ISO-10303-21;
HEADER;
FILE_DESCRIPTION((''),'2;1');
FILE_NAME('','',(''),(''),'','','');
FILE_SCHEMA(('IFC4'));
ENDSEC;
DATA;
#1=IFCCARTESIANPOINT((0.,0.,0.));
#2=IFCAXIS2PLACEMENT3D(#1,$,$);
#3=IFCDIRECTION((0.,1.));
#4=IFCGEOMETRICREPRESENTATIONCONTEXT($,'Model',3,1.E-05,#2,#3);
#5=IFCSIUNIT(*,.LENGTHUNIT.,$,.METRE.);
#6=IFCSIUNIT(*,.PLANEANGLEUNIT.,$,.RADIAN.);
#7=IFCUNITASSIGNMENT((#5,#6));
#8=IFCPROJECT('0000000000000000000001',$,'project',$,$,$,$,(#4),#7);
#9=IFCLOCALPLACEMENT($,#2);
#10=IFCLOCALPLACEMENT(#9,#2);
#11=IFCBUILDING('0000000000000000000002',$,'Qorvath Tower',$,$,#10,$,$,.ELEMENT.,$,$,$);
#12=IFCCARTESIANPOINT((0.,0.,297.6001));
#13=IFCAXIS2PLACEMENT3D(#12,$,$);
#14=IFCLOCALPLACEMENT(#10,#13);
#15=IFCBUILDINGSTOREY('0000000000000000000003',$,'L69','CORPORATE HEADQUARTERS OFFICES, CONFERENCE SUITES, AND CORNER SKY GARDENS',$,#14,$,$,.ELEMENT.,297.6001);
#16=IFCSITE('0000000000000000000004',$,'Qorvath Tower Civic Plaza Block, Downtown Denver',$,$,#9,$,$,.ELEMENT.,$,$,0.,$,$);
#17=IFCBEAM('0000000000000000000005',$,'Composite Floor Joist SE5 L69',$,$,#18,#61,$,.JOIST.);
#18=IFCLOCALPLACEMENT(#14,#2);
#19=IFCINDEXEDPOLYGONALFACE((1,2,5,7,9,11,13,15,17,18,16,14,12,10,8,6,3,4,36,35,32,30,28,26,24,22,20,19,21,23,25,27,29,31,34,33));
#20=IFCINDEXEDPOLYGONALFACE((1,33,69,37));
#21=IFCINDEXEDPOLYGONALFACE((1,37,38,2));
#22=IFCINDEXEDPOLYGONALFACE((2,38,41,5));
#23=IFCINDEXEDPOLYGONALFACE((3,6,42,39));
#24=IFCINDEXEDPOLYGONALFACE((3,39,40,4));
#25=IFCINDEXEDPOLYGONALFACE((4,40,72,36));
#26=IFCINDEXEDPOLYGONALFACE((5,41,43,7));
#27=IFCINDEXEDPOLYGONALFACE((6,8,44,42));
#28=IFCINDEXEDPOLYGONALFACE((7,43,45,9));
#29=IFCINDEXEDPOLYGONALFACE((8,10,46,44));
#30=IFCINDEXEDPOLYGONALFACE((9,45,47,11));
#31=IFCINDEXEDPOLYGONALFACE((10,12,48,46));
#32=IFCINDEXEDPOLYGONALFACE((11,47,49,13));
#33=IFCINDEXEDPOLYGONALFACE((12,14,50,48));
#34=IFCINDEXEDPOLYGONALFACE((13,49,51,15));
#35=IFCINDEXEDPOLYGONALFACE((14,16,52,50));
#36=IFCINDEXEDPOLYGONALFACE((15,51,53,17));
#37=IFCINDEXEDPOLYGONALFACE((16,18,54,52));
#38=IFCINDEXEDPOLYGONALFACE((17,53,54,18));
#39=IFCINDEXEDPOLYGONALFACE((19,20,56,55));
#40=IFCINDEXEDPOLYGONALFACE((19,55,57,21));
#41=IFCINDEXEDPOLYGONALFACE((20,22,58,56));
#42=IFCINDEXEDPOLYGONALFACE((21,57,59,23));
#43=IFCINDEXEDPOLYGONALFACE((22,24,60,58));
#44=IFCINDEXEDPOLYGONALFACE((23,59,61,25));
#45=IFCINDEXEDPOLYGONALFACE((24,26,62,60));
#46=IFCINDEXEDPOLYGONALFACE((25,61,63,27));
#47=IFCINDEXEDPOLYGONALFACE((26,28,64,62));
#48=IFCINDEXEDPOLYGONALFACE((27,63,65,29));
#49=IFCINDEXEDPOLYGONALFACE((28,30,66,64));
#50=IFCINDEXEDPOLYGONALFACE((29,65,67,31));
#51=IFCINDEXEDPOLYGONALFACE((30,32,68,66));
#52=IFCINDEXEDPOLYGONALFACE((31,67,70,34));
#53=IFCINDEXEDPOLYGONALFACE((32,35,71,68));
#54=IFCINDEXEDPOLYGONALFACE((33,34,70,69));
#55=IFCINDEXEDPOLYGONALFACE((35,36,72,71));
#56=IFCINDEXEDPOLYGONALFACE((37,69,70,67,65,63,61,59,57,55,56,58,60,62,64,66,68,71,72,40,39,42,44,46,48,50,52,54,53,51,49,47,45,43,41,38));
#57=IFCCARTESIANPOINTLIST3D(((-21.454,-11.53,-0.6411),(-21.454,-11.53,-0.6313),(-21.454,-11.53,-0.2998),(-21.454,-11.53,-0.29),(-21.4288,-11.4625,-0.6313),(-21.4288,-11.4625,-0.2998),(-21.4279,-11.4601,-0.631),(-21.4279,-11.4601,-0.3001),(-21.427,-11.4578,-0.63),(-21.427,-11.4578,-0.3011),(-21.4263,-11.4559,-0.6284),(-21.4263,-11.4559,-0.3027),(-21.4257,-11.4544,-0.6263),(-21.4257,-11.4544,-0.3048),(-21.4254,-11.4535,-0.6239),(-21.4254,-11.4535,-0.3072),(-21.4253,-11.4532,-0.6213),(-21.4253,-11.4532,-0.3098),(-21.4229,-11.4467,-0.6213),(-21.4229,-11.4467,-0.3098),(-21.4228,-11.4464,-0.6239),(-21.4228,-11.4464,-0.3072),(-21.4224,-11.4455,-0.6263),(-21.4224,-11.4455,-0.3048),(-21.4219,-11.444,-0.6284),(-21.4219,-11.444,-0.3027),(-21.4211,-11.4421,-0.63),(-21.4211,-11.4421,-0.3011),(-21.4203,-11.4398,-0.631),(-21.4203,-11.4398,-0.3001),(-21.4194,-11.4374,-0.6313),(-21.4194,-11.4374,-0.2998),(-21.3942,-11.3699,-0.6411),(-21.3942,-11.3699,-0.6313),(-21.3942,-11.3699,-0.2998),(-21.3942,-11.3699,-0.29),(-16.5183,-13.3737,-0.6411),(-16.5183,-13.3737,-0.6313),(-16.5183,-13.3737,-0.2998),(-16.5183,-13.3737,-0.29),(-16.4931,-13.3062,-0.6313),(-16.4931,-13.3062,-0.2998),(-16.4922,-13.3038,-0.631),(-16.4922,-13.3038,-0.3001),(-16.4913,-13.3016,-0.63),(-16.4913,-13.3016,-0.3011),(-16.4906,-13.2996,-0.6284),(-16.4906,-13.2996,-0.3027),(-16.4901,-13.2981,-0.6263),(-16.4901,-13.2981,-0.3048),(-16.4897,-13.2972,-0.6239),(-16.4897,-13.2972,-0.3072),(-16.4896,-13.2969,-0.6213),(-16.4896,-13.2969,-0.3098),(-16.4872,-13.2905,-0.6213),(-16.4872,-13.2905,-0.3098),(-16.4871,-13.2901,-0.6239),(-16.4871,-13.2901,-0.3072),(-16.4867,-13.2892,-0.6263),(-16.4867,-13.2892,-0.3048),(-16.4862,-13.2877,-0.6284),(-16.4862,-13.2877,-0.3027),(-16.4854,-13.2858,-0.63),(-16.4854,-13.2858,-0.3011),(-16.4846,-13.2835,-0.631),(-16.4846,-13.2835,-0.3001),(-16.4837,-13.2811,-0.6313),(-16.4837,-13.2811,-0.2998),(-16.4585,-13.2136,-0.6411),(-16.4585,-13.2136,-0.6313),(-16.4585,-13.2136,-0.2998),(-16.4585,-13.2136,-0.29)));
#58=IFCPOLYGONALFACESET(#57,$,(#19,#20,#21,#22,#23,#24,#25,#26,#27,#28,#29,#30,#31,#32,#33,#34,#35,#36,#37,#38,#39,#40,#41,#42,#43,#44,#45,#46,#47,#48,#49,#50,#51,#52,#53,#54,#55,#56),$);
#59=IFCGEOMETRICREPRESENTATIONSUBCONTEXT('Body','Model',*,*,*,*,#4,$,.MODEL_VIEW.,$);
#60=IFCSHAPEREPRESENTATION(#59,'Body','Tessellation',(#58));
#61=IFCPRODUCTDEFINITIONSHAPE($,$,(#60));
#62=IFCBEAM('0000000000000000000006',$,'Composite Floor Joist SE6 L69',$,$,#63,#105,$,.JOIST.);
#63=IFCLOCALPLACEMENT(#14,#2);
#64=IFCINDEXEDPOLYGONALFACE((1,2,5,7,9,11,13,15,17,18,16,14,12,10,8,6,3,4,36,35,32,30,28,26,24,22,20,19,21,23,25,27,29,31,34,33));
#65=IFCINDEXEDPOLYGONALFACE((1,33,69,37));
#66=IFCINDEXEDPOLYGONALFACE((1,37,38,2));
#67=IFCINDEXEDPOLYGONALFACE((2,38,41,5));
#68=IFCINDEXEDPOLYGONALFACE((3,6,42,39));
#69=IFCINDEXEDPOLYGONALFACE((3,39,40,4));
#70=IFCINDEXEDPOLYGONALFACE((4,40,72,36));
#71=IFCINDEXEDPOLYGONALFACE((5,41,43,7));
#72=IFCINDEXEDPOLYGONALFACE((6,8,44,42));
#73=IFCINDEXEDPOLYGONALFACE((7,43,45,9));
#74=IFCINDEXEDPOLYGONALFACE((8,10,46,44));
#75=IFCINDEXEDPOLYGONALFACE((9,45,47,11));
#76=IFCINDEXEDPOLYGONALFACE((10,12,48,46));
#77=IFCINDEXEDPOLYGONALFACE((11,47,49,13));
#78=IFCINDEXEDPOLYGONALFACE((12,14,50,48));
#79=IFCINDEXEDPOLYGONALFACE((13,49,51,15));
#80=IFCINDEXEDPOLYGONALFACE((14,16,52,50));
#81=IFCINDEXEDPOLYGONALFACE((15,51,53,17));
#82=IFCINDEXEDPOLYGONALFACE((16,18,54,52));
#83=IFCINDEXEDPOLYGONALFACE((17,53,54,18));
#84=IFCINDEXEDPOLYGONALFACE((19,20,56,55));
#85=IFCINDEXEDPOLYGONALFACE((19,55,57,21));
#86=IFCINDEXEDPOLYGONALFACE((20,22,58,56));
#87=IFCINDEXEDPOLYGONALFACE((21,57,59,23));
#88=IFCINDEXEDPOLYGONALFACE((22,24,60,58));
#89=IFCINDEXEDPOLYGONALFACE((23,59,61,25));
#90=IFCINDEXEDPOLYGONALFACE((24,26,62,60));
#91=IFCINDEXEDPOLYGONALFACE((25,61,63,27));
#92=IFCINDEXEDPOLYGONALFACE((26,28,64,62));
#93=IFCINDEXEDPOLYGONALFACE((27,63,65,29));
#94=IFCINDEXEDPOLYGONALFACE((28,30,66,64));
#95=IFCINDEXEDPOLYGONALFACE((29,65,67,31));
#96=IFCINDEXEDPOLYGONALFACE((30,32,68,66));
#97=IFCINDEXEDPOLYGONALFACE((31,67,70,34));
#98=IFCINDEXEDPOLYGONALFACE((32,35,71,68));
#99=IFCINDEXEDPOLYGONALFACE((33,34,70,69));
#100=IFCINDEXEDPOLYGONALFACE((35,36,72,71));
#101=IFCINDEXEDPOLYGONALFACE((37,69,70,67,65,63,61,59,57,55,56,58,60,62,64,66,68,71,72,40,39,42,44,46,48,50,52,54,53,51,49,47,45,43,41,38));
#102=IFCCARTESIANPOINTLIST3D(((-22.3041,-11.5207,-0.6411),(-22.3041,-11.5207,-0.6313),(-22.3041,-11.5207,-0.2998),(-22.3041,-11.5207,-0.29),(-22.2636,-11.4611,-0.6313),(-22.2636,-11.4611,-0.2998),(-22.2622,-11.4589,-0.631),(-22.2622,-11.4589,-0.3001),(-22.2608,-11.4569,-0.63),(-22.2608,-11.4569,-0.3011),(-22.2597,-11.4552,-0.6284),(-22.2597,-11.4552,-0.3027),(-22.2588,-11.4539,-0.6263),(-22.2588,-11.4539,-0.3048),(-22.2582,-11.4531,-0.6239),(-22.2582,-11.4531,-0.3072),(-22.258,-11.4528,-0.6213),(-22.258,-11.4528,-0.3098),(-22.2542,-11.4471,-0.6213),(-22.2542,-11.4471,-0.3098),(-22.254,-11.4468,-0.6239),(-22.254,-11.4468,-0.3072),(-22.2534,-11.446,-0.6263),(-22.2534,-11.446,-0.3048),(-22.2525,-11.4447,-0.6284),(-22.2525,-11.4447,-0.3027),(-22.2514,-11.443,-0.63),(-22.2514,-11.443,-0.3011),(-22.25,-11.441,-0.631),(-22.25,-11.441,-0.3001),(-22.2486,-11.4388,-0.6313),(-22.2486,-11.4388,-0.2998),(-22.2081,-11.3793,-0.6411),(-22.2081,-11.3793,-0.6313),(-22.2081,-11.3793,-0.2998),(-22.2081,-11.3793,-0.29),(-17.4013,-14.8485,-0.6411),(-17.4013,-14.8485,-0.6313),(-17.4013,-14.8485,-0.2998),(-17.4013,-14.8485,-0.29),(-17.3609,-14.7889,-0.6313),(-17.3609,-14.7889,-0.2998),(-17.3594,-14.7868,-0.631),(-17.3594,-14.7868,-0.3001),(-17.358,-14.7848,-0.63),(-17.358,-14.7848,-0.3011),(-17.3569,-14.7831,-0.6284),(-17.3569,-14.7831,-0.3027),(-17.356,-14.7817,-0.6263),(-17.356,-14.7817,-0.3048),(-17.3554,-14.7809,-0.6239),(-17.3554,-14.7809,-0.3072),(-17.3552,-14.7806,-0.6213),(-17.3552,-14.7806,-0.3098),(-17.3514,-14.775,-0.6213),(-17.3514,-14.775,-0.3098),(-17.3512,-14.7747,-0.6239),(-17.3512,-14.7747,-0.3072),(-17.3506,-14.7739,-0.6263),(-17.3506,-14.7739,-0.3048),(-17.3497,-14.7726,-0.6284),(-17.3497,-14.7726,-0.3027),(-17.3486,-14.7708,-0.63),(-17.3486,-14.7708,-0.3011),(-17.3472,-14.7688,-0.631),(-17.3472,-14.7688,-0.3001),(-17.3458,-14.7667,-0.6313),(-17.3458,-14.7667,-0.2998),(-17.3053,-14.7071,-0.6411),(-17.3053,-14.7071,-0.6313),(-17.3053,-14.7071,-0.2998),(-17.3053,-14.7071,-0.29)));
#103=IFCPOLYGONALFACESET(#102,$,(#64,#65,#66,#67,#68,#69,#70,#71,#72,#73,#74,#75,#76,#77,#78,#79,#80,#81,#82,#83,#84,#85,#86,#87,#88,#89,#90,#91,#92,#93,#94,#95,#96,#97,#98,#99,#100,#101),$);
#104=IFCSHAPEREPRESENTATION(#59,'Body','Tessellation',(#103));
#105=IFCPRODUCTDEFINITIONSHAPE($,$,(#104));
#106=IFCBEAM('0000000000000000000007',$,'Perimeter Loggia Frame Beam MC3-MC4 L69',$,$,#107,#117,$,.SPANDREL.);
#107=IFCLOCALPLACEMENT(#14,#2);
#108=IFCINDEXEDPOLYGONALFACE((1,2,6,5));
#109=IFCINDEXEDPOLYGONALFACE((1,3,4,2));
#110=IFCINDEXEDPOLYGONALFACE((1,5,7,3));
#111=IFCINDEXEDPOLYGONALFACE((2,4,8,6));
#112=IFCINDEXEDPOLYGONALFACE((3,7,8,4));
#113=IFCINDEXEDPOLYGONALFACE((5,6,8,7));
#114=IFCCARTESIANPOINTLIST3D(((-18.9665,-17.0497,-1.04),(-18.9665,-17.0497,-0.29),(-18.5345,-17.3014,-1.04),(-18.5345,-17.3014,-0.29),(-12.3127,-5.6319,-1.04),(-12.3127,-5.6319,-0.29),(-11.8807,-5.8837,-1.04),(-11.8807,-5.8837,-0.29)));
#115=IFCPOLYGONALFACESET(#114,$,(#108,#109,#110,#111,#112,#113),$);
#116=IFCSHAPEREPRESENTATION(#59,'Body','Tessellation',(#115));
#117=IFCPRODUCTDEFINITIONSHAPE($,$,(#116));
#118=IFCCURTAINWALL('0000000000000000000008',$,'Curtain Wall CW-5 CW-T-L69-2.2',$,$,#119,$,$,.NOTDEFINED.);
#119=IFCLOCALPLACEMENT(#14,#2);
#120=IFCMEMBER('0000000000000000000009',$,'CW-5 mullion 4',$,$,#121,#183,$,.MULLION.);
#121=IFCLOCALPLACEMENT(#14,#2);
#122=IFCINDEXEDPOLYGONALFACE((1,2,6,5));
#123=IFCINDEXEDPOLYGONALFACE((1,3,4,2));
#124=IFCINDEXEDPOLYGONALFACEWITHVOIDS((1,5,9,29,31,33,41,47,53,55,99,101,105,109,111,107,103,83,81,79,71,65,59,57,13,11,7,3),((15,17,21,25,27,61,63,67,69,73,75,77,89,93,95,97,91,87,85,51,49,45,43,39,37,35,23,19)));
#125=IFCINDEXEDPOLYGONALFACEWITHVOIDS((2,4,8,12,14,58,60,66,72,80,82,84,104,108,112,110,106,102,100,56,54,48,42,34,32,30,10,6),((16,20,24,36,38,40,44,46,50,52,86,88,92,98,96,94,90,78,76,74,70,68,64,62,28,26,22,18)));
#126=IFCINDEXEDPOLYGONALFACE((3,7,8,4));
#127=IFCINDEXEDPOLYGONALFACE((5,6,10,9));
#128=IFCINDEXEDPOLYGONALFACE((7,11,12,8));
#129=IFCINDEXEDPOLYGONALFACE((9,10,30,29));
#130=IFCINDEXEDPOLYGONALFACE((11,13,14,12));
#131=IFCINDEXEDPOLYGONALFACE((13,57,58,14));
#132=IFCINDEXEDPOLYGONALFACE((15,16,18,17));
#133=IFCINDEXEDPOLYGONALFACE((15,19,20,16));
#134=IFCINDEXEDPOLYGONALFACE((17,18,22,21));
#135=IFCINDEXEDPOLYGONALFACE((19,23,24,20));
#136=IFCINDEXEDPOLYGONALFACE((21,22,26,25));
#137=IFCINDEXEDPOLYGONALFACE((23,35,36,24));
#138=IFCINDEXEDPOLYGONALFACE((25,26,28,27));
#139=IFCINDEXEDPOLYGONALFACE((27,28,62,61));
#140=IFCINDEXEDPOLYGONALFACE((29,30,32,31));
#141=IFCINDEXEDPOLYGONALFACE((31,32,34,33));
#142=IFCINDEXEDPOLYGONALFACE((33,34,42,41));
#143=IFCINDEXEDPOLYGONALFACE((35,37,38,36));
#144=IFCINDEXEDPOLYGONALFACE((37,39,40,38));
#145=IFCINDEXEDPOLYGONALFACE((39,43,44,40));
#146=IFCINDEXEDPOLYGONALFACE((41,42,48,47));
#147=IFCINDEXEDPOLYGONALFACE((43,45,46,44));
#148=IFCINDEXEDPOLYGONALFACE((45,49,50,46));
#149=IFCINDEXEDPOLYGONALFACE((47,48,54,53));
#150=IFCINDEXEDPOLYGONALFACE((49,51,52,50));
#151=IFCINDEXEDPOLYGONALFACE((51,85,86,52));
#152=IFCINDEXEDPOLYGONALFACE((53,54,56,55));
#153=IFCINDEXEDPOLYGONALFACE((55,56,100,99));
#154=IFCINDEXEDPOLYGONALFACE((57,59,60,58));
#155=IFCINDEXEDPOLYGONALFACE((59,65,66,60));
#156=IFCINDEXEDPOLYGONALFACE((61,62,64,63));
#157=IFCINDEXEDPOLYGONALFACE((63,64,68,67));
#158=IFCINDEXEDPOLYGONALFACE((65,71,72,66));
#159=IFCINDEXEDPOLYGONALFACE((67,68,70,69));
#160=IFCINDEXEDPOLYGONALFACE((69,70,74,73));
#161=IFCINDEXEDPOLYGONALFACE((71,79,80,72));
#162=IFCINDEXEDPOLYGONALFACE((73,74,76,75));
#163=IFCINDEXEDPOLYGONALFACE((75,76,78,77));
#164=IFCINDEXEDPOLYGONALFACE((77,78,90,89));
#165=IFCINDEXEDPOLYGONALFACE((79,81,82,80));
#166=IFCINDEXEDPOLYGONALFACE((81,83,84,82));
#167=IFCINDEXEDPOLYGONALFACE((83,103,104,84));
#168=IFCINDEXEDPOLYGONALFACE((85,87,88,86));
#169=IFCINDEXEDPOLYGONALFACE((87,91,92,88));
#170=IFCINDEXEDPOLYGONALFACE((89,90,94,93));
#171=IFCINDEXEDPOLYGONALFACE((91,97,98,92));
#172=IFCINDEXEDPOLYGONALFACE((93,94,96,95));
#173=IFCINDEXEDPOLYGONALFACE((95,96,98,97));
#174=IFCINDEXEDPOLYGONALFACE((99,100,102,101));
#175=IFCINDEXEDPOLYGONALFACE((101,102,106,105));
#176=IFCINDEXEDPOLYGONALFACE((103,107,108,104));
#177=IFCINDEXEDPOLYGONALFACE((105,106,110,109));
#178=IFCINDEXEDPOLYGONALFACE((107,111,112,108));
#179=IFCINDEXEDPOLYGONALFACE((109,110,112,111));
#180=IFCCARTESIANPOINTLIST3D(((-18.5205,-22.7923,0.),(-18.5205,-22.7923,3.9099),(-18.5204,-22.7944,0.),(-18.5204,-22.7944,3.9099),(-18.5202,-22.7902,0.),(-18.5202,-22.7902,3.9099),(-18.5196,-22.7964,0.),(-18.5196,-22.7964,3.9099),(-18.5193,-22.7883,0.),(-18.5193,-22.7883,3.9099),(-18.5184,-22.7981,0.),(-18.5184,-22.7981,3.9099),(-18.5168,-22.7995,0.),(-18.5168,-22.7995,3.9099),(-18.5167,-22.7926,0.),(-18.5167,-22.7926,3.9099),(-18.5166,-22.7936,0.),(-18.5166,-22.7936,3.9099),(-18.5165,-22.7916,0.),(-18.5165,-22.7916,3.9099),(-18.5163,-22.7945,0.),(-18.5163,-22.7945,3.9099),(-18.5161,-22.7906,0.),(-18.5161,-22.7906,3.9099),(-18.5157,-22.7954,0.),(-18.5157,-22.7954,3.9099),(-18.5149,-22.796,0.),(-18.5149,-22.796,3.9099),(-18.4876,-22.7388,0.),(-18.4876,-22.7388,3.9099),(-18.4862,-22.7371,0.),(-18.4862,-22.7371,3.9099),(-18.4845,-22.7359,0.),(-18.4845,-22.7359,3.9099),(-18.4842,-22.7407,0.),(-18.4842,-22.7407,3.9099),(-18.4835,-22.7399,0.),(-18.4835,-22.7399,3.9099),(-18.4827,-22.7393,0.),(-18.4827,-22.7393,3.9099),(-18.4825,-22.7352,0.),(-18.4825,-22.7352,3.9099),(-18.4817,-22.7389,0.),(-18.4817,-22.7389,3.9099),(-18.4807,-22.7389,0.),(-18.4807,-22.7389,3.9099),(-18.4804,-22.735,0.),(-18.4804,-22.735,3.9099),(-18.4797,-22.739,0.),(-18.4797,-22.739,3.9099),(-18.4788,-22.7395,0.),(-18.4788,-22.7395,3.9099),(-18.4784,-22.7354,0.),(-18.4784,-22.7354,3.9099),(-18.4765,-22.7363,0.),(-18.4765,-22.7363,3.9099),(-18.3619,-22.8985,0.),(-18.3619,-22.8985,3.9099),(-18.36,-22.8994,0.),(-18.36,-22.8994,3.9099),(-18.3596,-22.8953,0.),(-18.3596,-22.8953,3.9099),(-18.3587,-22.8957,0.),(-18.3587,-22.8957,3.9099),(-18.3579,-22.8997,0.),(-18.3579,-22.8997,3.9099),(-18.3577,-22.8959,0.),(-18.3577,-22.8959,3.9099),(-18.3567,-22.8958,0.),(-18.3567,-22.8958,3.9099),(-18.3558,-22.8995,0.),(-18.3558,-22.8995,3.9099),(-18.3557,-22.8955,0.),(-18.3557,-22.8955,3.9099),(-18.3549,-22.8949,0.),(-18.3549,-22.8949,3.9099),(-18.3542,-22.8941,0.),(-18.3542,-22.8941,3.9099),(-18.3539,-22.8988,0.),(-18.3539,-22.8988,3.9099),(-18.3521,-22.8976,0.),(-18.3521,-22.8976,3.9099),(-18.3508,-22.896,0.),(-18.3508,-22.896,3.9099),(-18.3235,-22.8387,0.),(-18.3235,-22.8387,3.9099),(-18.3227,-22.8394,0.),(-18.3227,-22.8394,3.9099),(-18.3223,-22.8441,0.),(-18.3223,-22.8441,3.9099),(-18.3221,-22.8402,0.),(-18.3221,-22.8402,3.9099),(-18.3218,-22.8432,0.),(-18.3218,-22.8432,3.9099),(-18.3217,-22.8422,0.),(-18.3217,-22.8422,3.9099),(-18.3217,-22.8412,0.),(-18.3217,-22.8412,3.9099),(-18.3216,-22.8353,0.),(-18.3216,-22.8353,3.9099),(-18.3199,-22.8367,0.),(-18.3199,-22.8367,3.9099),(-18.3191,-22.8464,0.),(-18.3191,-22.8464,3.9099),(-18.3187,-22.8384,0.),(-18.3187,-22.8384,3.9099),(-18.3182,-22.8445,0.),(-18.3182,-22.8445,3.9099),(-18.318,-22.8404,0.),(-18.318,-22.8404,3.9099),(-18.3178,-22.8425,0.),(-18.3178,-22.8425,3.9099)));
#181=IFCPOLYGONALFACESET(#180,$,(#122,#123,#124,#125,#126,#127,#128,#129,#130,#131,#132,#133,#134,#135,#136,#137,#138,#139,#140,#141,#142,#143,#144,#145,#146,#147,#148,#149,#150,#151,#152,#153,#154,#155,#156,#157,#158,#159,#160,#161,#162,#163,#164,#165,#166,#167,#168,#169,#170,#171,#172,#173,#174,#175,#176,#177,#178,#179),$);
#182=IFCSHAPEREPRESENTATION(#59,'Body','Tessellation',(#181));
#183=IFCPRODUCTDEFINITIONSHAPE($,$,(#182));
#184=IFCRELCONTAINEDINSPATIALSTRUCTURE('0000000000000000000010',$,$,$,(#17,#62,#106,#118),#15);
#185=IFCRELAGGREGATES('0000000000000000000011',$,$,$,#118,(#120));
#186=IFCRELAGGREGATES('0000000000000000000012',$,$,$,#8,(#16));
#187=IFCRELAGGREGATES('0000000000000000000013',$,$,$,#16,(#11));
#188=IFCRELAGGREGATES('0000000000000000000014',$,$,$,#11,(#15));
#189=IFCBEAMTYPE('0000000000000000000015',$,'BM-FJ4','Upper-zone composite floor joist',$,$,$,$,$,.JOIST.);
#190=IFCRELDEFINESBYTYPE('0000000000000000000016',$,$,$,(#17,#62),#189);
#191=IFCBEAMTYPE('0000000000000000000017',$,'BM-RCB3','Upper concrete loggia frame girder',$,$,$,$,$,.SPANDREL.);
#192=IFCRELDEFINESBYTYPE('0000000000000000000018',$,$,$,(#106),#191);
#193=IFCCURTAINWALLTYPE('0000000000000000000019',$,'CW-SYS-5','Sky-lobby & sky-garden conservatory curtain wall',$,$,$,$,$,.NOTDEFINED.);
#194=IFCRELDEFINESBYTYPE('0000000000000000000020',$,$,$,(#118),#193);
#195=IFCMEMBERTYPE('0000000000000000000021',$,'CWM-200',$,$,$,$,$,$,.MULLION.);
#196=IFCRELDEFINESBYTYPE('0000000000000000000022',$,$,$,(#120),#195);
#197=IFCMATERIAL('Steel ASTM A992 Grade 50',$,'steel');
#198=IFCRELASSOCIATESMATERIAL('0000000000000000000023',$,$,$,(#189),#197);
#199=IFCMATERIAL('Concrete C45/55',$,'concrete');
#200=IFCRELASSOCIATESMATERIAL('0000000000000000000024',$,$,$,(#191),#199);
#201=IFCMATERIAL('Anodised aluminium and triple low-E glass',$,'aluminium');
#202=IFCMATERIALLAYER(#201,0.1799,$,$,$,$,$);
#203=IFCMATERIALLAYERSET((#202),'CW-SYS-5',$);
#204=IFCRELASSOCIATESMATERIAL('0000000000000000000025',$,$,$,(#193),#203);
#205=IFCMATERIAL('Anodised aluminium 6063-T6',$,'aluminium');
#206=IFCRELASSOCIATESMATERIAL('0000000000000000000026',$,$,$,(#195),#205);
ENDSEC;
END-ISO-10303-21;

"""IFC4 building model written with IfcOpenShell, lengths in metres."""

from ifc_helpers import new_model, si_unit, direction, frame, origin, origin_2d, place, context, subcontext, project, spatial, rectangle, hollow_rectangle, i_section, extrude, material, layer, layer_set, material_profile, profile_set, type_object, element, aggregate, save


model = new_model("IFC4")

# Units and contexts
model_context = context("Model", 3, precision=1e-05, world=origin(), true_north=direction((0.0, 1.0)))
body_context = subcontext(model_context, "Body", "Model", "MODEL_VIEW")
ifc_project = project(units=[si_unit("LENGTHUNIT", "METRE"), si_unit("PLANEANGLEUNIT", "RADIAN")], contexts=[model_context])

# Site, building, storey
site_placement = place(None, origin())
site = spatial("IfcSite", under=ifc_project, at=site_placement, Name="Qorvath Tower Civic Plaza Block, Downtown Denver", CompositionType="ELEMENT", RefElevation=0.0)
building_placement = place(site_placement, origin())
building = spatial("IfcBuilding", under=site, at=building_placement, Name="Qorvath Tower", CompositionType="ELEMENT")
storey_placement = place(building_placement, frame((0.0, 0.0, 297.6001)))
storey = spatial("IfcBuildingStorey", under=building, at=storey_placement, Name="L69", Description="CORPORATE HEADQUARTERS OFFICES, CONFERENCE SUITES, AND CORNER SKY GARDENS", CompositionType="ELEMENT", Elevation=297.6001)

# Beams
ifc_material_1 = material(Name="Steel ASTM A992 Grade 50", Category="steel")
ifc_material_profile_1 = material_profile(ifc_material_1, i_section(OverallWidth=0.1709, OverallDepth=0.3511, WebThickness=0.0068, FlangeThickness=0.0098, FilletRadius=0.01, at=origin_2d()), Name="W14x30")
ifc_profile_set_1 = profile_set([ifc_material_profile_1], Name="Steel ASTM A992 Grade 50")
beam_type_1 = type_object("IfcBeamType", Name="BM-FJ4", Description="Upper-zone composite floor joist", PredefinedType="JOIST", material=ifc_profile_set_1)
beam_1_placement = place(storey_placement, frame((-21.4241, -11.45, -0.4656), z_axis=(0.936776, -0.34993, 0.0), x_axis=(0.34993, 0.936776, 0.0)))
element("IfcBeam", 1, at=beam_1_placement, inside=storey, type_object=beam_type_1, Name="Composite Floor Joist SE5 L69", PredefinedType="JOIST", context=body_context, shape_type="SweptSolid", body=[
    extrude(i_section(OverallWidth=0.1709, OverallDepth=0.3511, WebThickness=0.0068, FlangeThickness=0.0098, FilletRadius=0.01, at=origin_2d()), origin(), (0.0, 0.0, 1.0), 5.2688),
])
beam_2_placement = place(storey_placement, frame((-22.2561, -11.45, -0.4656), z_axis=(0.827401, -0.561612, 0.0), x_axis=(0.561612, 0.827401, 0.0)))
element("IfcBeam", 2, at=beam_2_placement, inside=storey, type_object=beam_type_1, Name="Composite Floor Joist SE6 L69", PredefinedType="JOIST", context=body_context, shape_type="SweptSolid", body=[
    extrude(i_section(OverallWidth=0.1709, OverallDepth=0.3511, WebThickness=0.0068, FlangeThickness=0.0098, FilletRadius=0.01, at=origin_2d()), origin(), (0.0, 0.0, 1.0), 5.9255),
])
ifc_material_2 = material(Name="Concrete C45/55", Category="concrete")
ifc_material_profile_2 = material_profile(ifc_material_2, rectangle(XDim=0.5, YDim=0.75, at=origin_2d()), Name="RCB 750x500")
ifc_profile_set_2 = profile_set([ifc_material_profile_2], Name="Concrete C45/55")
beam_type_2 = type_object("IfcBeamType", Name="BM-RCB3", Description="Upper concrete loggia frame girder", PredefinedType="SPANDREL", material=ifc_profile_set_2)
beam_3_placement = place(storey_placement, frame((-18.7505, -17.1755, -0.665), z_axis=(0.503502, 0.863994, 0.0), x_axis=(-0.863994, 0.503502, 0.0)))
element("IfcBeam", 3, at=beam_3_placement, inside=storey, type_object=beam_type_2, Name="Perimeter Loggia Frame Beam MC3-MC4 L69", PredefinedType="SPANDREL", context=body_context, shape_type="SweptSolid", body=[
    extrude(rectangle(XDim=0.5, YDim=0.75, at=origin_2d()), origin(), (0.0, 0.0, 1.0), 13.2151),
])

# Curtain wall, member
ifc_material_3 = material(Name="Anodised aluminium and triple low-E glass", Category="aluminium")
ifc_layer_1 = layer(ifc_material_3, 0.1799)
ifc_layer_set_1 = layer_set([ifc_layer_1], Name="CW-SYS-5")
curtain_wall_type = type_object("IfcCurtainWallType", Name="CW-SYS-5", Description="Sky-lobby & sky-garden conservatory curtain wall", PredefinedType="NOTDEFINED", material=ifc_layer_set_1)
curtain_wall_1_placement = place(storey_placement, origin())
curtain_wall_1 = element("IfcCurtainWall", 4, at=curtain_wall_1_placement, inside=storey, type_object=curtain_wall_type, Name="Curtain Wall CW-5 CW-T-L69-2.2", PredefinedType="NOTDEFINED")
ifc_material_4 = material(Name="Anodised aluminium 6063-T6", Category="aluminium")
ifc_material_profile_3 = material_profile(ifc_material_4, hollow_rectangle(XDim=0.075, YDim=0.2, WallThickness=0.0039, InnerFilletRadius=0.0039, OuterFilletRadius=0.0081, at=origin_2d()), Name="CWM 200x75")
ifc_profile_set_3 = profile_set([ifc_material_profile_3], Name="Anodised aluminium 6063-T6")
member_type_1 = type_object("IfcMemberType", Name="CWM-200", PredefinedType="MULLION", material=ifc_profile_set_3)
member_1_placement = place(storey_placement, frame((-18.4192, -22.8174, 0.0), z_axis=(0.0, 0.0, 1.0), x_axis=(0.538534, 0.842604, 0.0)))
member_1 = element("IfcMember", 5, at=member_1_placement, type_object=member_type_1, Name="CW-5 mullion 4", PredefinedType="MULLION", context=body_context, shape_type="SweptSolid", body=[
    extrude(hollow_rectangle(XDim=0.075, YDim=0.2, WallThickness=0.0039, InnerFilletRadius=0.0039, OuterFilletRadius=0.0081, at=origin_2d()), origin(), (0.0, 0.0, 1.0), 3.9099),
])

aggregate(curtain_wall_1, [member_1])

save(model, "model.ifc")
